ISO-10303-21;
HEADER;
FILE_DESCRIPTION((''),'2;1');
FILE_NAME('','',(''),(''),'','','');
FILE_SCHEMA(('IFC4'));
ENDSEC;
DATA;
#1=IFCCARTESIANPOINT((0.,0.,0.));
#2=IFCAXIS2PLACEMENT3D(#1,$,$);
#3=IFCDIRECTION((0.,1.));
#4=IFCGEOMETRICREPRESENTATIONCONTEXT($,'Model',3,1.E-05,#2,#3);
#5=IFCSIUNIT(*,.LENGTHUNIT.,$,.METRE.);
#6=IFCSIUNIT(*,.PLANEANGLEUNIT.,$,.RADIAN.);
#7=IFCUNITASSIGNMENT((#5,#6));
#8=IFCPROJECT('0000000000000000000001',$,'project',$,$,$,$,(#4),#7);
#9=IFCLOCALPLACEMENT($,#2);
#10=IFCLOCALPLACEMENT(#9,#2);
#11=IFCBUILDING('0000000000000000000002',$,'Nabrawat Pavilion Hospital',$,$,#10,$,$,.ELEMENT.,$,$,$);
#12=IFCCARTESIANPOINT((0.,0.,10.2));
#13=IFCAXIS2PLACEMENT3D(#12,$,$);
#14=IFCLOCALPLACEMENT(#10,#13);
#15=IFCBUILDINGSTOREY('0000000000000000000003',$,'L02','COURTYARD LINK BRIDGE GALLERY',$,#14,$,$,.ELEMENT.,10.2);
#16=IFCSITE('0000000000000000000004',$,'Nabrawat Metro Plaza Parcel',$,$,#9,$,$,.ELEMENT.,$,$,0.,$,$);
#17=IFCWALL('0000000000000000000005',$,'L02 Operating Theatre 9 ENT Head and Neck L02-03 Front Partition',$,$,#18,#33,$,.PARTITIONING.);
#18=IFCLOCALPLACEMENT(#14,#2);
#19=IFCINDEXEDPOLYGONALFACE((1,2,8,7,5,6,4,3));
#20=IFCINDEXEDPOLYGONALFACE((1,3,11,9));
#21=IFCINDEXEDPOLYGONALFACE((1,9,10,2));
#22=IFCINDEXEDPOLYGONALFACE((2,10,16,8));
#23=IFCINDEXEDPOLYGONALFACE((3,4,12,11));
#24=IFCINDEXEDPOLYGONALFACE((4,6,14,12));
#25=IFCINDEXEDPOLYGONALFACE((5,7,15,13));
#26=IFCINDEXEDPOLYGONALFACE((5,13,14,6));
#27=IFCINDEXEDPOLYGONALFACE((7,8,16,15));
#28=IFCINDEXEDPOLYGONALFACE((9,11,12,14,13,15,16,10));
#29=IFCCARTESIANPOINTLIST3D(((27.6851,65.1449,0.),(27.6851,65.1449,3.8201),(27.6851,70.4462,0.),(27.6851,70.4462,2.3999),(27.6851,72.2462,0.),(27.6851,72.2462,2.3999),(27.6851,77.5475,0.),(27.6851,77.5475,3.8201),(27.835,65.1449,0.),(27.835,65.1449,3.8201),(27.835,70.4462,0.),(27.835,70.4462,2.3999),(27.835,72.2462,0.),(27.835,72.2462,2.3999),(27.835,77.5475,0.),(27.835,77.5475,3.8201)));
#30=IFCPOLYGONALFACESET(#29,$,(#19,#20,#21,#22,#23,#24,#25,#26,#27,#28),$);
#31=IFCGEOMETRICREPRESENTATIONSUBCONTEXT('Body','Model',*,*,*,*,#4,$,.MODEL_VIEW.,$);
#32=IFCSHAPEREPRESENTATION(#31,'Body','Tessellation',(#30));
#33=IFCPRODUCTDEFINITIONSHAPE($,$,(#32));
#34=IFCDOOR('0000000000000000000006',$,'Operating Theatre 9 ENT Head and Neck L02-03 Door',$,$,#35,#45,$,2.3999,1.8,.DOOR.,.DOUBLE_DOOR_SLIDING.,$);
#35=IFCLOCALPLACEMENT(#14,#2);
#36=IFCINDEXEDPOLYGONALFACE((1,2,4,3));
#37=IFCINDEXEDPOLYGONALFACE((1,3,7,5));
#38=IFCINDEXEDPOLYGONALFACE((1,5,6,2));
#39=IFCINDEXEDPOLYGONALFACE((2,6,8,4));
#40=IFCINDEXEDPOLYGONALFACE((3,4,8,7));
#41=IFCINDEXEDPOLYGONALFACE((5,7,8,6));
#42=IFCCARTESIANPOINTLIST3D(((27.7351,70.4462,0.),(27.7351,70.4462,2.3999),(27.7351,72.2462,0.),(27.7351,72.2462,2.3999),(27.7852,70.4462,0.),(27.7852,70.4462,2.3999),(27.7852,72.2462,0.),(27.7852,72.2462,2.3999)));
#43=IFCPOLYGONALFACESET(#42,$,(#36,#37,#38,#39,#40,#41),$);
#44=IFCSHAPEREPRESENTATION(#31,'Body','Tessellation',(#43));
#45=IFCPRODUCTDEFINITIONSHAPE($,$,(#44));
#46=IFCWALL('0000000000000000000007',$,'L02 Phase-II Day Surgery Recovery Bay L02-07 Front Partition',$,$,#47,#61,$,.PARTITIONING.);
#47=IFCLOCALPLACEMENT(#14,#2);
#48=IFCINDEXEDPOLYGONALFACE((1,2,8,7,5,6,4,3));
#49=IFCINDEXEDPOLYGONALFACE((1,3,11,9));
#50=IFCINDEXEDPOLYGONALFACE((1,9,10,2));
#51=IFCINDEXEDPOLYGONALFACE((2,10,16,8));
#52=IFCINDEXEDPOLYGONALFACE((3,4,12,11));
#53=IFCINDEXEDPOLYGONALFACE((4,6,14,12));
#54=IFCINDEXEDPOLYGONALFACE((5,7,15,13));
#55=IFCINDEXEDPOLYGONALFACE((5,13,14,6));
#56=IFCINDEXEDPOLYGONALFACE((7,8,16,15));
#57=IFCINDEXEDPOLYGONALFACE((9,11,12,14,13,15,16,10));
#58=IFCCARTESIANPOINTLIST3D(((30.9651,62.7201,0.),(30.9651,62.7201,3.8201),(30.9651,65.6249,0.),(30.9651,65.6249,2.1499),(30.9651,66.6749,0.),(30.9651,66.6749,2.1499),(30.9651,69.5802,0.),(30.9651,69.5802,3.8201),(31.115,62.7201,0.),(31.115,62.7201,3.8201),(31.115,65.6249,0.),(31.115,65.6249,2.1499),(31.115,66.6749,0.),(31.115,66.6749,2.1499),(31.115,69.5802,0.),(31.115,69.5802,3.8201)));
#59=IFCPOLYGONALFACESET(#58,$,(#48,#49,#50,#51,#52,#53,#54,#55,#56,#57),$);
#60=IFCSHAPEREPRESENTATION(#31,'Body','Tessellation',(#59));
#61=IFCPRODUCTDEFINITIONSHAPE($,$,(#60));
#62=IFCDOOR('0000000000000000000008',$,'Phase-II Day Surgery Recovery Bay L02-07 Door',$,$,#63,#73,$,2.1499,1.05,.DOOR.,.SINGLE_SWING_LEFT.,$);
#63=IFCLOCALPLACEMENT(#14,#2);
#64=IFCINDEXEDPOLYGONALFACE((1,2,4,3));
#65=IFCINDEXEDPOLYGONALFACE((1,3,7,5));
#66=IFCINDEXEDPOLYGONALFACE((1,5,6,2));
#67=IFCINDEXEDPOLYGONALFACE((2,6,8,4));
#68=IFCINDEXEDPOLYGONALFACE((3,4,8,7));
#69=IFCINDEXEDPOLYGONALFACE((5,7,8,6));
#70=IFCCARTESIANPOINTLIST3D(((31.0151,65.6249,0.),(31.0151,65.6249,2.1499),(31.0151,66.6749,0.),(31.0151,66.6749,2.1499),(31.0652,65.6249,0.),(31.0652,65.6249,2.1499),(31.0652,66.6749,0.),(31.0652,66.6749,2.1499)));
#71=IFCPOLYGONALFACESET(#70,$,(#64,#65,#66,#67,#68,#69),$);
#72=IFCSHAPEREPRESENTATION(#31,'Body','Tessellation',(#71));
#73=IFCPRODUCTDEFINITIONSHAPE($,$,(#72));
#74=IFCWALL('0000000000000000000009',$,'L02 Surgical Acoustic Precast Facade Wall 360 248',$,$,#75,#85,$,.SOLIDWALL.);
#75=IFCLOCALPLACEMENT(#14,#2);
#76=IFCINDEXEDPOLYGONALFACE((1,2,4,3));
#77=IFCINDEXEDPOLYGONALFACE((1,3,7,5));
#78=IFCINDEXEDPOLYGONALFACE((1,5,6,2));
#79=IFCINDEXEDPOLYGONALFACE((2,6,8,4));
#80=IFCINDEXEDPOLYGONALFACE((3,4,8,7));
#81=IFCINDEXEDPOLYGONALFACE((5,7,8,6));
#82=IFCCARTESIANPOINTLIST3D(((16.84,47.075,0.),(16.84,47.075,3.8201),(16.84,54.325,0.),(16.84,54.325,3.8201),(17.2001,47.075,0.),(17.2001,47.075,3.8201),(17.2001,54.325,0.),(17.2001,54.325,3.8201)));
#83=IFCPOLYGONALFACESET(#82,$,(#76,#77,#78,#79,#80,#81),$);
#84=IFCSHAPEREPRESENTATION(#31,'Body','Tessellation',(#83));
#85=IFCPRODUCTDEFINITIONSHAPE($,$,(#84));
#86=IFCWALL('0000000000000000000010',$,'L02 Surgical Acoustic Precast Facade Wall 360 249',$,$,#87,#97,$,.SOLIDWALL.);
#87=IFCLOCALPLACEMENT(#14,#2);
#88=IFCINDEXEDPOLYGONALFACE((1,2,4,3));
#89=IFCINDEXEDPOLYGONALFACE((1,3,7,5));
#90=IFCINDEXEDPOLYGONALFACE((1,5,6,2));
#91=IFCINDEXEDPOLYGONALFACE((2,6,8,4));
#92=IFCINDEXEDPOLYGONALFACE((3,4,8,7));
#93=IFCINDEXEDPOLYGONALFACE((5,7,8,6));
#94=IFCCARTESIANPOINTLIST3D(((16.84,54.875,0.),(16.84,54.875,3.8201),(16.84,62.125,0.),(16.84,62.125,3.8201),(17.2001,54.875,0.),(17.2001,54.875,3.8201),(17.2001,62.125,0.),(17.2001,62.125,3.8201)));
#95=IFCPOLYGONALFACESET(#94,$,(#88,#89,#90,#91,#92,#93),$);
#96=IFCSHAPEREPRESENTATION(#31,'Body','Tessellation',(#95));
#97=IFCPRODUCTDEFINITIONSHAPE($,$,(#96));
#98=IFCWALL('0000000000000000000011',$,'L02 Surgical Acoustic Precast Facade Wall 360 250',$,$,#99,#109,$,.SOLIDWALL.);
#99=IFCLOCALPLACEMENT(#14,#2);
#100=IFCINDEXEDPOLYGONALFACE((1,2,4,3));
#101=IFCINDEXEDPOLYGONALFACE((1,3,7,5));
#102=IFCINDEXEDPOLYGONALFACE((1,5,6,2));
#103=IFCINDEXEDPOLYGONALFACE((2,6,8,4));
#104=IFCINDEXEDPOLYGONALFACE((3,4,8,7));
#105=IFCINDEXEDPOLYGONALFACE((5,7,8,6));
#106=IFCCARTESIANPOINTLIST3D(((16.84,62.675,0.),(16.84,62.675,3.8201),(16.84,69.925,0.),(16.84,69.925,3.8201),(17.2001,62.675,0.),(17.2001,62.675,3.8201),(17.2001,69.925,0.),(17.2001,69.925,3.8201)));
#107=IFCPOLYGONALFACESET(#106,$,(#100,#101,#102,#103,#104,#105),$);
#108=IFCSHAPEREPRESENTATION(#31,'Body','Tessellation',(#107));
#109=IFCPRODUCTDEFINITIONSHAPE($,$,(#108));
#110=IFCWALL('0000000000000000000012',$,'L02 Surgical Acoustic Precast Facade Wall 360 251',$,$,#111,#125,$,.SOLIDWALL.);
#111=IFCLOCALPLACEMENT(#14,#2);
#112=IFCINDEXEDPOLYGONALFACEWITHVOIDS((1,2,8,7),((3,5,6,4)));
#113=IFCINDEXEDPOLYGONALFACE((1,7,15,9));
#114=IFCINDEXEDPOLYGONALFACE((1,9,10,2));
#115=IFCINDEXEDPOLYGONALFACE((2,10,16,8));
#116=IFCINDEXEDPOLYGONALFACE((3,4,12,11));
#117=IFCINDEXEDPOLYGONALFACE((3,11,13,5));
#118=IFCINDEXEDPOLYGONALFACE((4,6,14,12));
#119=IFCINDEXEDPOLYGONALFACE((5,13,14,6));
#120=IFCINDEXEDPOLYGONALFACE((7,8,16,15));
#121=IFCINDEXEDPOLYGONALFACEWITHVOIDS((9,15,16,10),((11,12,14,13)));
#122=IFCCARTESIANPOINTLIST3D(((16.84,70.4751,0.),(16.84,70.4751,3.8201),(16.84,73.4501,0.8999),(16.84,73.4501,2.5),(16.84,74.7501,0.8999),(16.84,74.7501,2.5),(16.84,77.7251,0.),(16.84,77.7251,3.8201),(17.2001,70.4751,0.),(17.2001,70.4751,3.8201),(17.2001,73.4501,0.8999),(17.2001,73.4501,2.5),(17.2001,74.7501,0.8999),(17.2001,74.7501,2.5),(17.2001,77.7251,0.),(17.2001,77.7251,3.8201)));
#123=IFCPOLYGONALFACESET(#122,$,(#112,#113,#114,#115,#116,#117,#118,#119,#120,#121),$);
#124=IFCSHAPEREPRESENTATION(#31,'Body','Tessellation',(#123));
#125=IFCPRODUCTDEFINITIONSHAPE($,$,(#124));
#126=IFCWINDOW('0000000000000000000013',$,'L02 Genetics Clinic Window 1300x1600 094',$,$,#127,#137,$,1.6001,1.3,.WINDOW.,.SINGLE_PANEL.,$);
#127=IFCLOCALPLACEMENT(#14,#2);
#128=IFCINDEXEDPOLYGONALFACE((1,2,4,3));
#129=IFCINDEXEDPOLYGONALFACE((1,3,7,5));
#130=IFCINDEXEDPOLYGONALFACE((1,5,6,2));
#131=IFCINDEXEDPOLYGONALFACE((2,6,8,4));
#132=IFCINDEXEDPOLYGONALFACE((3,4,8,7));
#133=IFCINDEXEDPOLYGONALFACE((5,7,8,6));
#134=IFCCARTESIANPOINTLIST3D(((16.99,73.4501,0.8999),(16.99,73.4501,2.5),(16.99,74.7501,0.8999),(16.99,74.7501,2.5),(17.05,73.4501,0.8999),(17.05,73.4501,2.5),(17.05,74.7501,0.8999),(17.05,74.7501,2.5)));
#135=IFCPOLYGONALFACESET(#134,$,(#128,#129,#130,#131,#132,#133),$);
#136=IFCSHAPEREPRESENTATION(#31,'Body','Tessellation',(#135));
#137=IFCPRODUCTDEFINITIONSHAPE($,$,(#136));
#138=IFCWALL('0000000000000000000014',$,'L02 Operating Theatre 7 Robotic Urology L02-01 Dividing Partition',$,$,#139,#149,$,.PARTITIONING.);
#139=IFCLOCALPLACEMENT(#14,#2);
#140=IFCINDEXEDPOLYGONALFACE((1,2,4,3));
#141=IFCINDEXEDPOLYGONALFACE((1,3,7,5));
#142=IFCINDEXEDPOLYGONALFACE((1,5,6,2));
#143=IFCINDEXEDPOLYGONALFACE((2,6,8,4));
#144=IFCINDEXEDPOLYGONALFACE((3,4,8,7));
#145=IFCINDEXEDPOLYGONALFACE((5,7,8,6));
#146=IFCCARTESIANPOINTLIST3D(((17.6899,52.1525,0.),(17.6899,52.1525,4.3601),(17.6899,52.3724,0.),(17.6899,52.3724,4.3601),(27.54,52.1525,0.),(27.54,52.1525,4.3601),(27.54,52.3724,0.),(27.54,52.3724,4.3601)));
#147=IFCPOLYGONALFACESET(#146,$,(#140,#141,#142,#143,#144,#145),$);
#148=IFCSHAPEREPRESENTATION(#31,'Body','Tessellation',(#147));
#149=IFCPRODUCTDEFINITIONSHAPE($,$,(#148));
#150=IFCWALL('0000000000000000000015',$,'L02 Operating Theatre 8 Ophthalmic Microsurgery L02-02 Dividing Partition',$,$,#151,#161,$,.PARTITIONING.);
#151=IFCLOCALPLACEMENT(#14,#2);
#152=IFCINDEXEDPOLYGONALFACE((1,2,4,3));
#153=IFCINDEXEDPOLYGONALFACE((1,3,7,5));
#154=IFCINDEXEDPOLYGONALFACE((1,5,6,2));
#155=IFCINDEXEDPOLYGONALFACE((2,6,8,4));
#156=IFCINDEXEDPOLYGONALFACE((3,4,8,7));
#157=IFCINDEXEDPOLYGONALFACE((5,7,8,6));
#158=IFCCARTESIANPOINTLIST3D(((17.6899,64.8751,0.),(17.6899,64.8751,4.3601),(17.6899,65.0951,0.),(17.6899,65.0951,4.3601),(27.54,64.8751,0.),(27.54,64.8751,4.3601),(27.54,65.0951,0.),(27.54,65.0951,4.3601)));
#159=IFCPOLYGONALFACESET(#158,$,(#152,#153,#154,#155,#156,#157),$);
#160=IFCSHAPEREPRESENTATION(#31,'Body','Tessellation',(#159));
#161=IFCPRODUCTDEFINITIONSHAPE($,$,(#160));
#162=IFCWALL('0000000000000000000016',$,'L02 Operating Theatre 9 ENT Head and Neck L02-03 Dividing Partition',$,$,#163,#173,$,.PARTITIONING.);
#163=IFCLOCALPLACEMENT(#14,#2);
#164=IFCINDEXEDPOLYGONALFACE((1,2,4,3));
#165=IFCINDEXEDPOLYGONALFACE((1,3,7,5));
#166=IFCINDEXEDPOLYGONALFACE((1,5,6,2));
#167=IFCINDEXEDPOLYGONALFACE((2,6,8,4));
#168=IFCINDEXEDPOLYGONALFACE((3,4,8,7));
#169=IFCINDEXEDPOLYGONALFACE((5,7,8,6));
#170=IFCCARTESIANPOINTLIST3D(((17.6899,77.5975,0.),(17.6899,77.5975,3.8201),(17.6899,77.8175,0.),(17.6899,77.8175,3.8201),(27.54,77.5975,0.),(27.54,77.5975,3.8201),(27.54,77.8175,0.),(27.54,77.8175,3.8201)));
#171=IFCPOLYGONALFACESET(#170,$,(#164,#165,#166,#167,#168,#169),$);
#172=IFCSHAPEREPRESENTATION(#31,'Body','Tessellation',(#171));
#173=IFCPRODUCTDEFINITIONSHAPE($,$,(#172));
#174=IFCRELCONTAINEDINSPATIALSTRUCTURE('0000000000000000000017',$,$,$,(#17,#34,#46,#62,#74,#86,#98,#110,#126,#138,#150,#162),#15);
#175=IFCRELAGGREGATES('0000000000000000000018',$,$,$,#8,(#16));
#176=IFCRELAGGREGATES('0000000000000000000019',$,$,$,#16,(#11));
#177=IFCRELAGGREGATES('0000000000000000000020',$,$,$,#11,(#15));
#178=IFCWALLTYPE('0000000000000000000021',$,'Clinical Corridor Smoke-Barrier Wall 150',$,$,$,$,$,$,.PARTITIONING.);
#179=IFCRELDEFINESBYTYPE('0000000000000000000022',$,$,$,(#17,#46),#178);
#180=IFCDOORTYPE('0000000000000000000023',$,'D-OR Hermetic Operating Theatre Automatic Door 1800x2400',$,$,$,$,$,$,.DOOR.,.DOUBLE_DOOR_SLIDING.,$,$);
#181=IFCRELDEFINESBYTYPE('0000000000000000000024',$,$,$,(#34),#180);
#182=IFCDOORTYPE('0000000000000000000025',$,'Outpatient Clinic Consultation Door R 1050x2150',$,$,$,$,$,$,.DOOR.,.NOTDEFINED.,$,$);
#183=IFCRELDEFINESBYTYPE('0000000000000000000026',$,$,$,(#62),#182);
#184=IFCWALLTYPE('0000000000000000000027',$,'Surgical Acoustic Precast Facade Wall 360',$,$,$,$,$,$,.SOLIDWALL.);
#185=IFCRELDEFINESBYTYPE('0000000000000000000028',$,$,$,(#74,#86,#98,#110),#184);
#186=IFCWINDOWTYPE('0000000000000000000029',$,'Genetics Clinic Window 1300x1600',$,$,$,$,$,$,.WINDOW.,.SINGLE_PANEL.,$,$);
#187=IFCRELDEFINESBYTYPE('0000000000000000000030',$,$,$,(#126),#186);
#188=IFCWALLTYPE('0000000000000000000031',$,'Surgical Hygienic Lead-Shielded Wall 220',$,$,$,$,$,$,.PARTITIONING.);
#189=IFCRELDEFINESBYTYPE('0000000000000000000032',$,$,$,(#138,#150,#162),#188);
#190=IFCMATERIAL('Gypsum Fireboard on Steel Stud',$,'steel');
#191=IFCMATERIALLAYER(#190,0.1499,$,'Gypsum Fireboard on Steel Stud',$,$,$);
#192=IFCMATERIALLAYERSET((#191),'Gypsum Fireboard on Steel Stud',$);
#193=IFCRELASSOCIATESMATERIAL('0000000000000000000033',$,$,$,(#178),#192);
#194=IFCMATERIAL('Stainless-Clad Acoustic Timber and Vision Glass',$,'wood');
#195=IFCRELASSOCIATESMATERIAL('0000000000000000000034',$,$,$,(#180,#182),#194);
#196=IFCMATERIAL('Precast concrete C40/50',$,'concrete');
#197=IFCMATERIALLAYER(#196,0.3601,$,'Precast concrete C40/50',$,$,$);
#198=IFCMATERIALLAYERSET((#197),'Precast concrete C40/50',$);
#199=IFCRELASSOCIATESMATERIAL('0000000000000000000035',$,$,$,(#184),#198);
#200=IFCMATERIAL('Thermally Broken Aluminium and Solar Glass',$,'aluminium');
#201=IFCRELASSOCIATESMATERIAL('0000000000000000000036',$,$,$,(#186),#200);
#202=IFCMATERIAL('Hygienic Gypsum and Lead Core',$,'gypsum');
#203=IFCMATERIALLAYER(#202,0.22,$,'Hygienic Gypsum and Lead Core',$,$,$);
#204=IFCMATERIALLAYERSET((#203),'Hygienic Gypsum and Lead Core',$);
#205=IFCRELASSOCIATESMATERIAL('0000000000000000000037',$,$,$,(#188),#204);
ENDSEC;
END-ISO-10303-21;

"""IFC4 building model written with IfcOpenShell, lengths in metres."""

from ifc_helpers import new_model, si_unit, direction, frame, frame_2d, origin, place, context, subcontext, project, spatial, rectangle, extrude, material, layer, layer_set, type_object, element, fill, save


model = new_model("IFC4")

# Units and contexts
model_context = context("Model", 3, precision=1e-05, world=origin(), true_north=direction((0.0, 1.0)))
body_context = subcontext(model_context, "Body", "Model", "MODEL_VIEW")
ifc_project = project(units=[si_unit("LENGTHUNIT", "METRE"), si_unit("PLANEANGLEUNIT", "RADIAN")], contexts=[model_context])

# Site, building, storey
site_placement = place(None, origin())
site = spatial("IfcSite", under=ifc_project, at=site_placement, Name="Nabrawat Metro Plaza Parcel", CompositionType="ELEMENT", RefElevation=0.0)
building_placement = place(site_placement, origin())
building = spatial("IfcBuilding", under=site, at=building_placement, Name="Nabrawat Pavilion Hospital", CompositionType="ELEMENT")
storey_placement = place(building_placement, frame((0.0, 0.0, 10.2)))
storey = spatial("IfcBuildingStorey", under=building, at=storey_placement, Name="L02", Description="COURTYARD LINK BRIDGE GALLERY", CompositionType="ELEMENT", Elevation=10.2)

# Walls, openings, doors
ifc_material_1 = material(Name="Gypsum Fireboard on Steel Stud", Category="steel")
ifc_layer_1 = layer(ifc_material_1, 0.1499, Name="Gypsum Fireboard on Steel Stud")
ifc_layer_set_1 = layer_set([ifc_layer_1], Name="Gypsum Fireboard on Steel Stud")
wall_type_1 = type_object("IfcWallType", Name="Clinical Corridor Smoke-Barrier Wall 150", PredefinedType="PARTITIONING", material=ifc_layer_set_1)
ifc_material_2 = material(Name="Stainless-Clad Acoustic Timber and Vision Glass", Category="wood")
door_type_1 = type_object("IfcDoorType", Name="D-OR Hermetic Operating Theatre Automatic Door 1800x2400", OperationType="DOUBLE_DOOR_SLIDING", PredefinedType="DOOR", material=ifc_material_2)
wall_1_placement = place(storey_placement, frame((27.76, 65.145, 0.0), z_axis=(0.0, 0.0, 1.0), x_axis=(0.0, 1.0, 0.0)))
wall_1 = element("IfcWall", 1, at=wall_1_placement, inside=storey, type_object=wall_type_1, Name="L02 Operating Theatre 9 ENT Head and Neck L02-03 Front Partition", PredefinedType="PARTITIONING", context=body_context, shape_type="SweptSolid", body=[
    extrude(rectangle(XDim=12.4026, YDim=0.1499, at=frame_2d((6.2012, 0.0))), origin(), (0.0, 0.0, 1.0), 3.8201),
])
opening_1_placement = place(wall_1_placement, frame((5.3013, 0.0, 0.0)))
opening_1 = element("IfcOpeningElement", 2, at=opening_1_placement, cuts=wall_1, PredefinedType="OPENING", context=body_context, shape_type="SweptSolid", body=[
    extrude(rectangle(XDim=1.8, YDim=2.3999, at=frame_2d((0.8999, 1.2))), frame((0.0, 0.085, 0.0), z_axis=(0.0, -1.0, 0.0), x_axis=(1.0, 0.0, 0.0)), (0.0, 0.0, 1.0), 0.1699),
])
door_1_placement = place(opening_1_placement, origin())
door_1 = element("IfcDoor", 3, at=door_1_placement, inside=storey, type_object=door_type_1, Name="Operating Theatre 9 ENT Head and Neck L02-03 Door", OperationType="DOUBLE_DOOR_SLIDING", OverallHeight=2.3999, OverallWidth=1.8, PredefinedType="DOOR", context=body_context, shape_type="SweptSolid", body=[
    extrude(rectangle(XDim=1.8, YDim=2.3999, at=frame_2d((0.8999, 1.2))), frame((0.0, 0.0249, 0.0), z_axis=(0.0, -1.0, 0.0), x_axis=(1.0, 0.0, 0.0)), (0.0, 0.0, 1.0), 0.05),
])
fill(opening_1, door_1)
wall_2_placement = place(storey_placement, frame((31.04, 62.72, 0.0), z_axis=(0.0, 0.0, 1.0), x_axis=(0.0, 1.0, 0.0)))
wall_2 = element("IfcWall", 4, at=wall_2_placement, inside=storey, type_object=wall_type_1, Name="L02 Phase-II Day Surgery Recovery Bay L02-07 Front Partition", PredefinedType="PARTITIONING", context=body_context, shape_type="SweptSolid", body=[
    extrude(rectangle(XDim=6.8601, YDim=0.1499, at=frame_2d((3.4302, 0.0))), origin(), (0.0, 0.0, 1.0), 3.8201),
])
opening_2_placement = place(wall_2_placement, frame((2.905, 0.0, 0.0)))
opening_2 = element("IfcOpeningElement", 5, at=opening_2_placement, cuts=wall_2, PredefinedType="OPENING", context=body_context, shape_type="SweptSolid", body=[
    extrude(rectangle(XDim=1.05, YDim=2.1499, at=frame_2d((0.5249, 1.075))), frame((0.0, 0.085, 0.0), z_axis=(0.0, -1.0, 0.0), x_axis=(1.0, 0.0, 0.0)), (0.0, 0.0, 1.0), 0.1699),
])
door_type_2 = type_object("IfcDoorType", Name="Outpatient Clinic Consultation Door R 1050x2150", OperationType="NOTDEFINED", PredefinedType="DOOR", material=ifc_material_2)
door_2_placement = place(opening_2_placement, origin())
door_2 = element("IfcDoor", 6, at=door_2_placement, inside=storey, type_object=door_type_2, Name="Phase-II Day Surgery Recovery Bay L02-07 Door", OperationType="SINGLE_SWING_LEFT", OverallHeight=2.1499, OverallWidth=1.05, PredefinedType="DOOR", context=body_context, shape_type="SweptSolid", body=[
    extrude(rectangle(XDim=1.05, YDim=2.1499, at=frame_2d((0.5249, 1.075))), frame((0.0, 0.0249, 0.0), z_axis=(0.0, -1.0, 0.0), x_axis=(1.0, 0.0, 0.0)), (0.0, 0.0, 1.0), 0.05),
])
fill(opening_2, door_2)

# Walls
ifc_material_3 = material(Name="Precast concrete C40/50", Category="concrete")
ifc_layer_2 = layer(ifc_material_3, 0.3601, Name="Precast concrete C40/50")
ifc_layer_set_2 = layer_set([ifc_layer_2], Name="Precast concrete C40/50")
wall_type_2 = type_object("IfcWallType", Name="Surgical Acoustic Precast Facade Wall 360", PredefinedType="SOLIDWALL", material=ifc_layer_set_2)
for number, where, z_axis, x_axis, name in (
    (7, (17.02, 47.075, 0.0), (0.0, 0.0, 1.0), (0.0, 1.0, 0.0), "L02 Surgical Acoustic Precast Facade Wall 360 248"),
    (8, (17.02, 54.875, 0.0), (0.0, 0.0, 1.0), (0.0, 1.0, 0.0), "L02 Surgical Acoustic Precast Facade Wall 360 249"),
    (9, (17.02, 62.675, 0.0), (0.0, 0.0, 1.0), (0.0, 1.0, 0.0), "L02 Surgical Acoustic Precast Facade Wall 360 250"),
):
    element("IfcWall", number, at=place(storey_placement, frame(where, z_axis=z_axis, x_axis=x_axis)), inside=storey, type_object=wall_type_2, Name=name, PredefinedType="SOLIDWALL", context=body_context, shape_type="SweptSolid", body=[
        extrude(rectangle(XDim=7.25, YDim=0.3601, at=frame_2d((3.625, 0.0))), origin(), (0.0, 0.0, 1.0), 3.8201),
    ])

# Wall, opening, window
wall_3_placement = place(storey_placement, frame((17.02, 70.4751, 0.0), z_axis=(0.0, 0.0, 1.0), x_axis=(0.0, 1.0, 0.0)))
wall_3 = element("IfcWall", 10, at=wall_3_placement, inside=storey, type_object=wall_type_2, Name="L02 Surgical Acoustic Precast Facade Wall 360 251", PredefinedType="SOLIDWALL", context=body_context, shape_type="SweptSolid", body=[
    extrude(rectangle(XDim=7.25, YDim=0.3601, at=frame_2d((3.625, 0.0))), origin(), (0.0, 0.0, 1.0), 3.8201),
])
opening_3_placement = place(wall_3_placement, frame((2.9751, 0.0, 0.8999)))
opening_3 = element("IfcOpeningElement", 11, at=opening_3_placement, cuts=wall_3, PredefinedType="OPENING", context=body_context, shape_type="SweptSolid", body=[
    extrude(rectangle(XDim=1.3, YDim=1.6001, at=frame_2d((0.6499, 0.8))), frame((0.0, 0.1899, 0.0), z_axis=(0.0, -1.0, 0.0), x_axis=(1.0, 0.0, 0.0)), (0.0, 0.0, 1.0), 0.3801),
])
ifc_material_4 = material(Name="Thermally Broken Aluminium and Solar Glass", Category="aluminium")
window_type = type_object("IfcWindowType", Name="Genetics Clinic Window 1300x1600", PartitioningType="SINGLE_PANEL", PredefinedType="WINDOW", material=ifc_material_4)
window_placement = place(opening_3_placement, origin())
window = element("IfcWindow", 12, at=window_placement, inside=storey, type_object=window_type, Name="L02 Genetics Clinic Window 1300x1600 094", OverallHeight=1.6001, OverallWidth=1.3, PartitioningType="SINGLE_PANEL", PredefinedType="WINDOW", context=body_context, shape_type="SweptSolid", body=[
    extrude(rectangle(XDim=1.3, YDim=1.6001, at=frame_2d((0.6499, 0.8))), frame((0.0, 0.03, 0.0), z_axis=(0.0, -1.0, 0.0), x_axis=(1.0, 0.0, 0.0)), (0.0, 0.0, 1.0), 0.0601),
])
fill(opening_3, window)

# Walls
ifc_material_5 = material(Name="Hygienic Gypsum and Lead Core", Category="gypsum")
ifc_layer_3 = layer(ifc_material_5, 0.22, Name="Hygienic Gypsum and Lead Core")
ifc_layer_set_3 = layer_set([ifc_layer_3], Name="Hygienic Gypsum and Lead Core")
wall_type_3 = type_object("IfcWallType", Name="Surgical Hygienic Lead-Shielded Wall 220", PredefinedType="PARTITIONING", material=ifc_layer_set_3)
for number, where, z_axis, x_axis, name in (
    (13, (17.6899, 52.2625, 0.0), (0.0, 0.0, 1.0), (1.0, 0.0, 0.0), "L02 Operating Theatre 7 Robotic Urology L02-01 Dividing Partition"),
    (14, (17.6899, 64.9851, 0.0), (0.0, 0.0, 1.0), (1.0, 0.0, 0.0), "L02 Operating Theatre 8 Ophthalmic Microsurgery L02-02 Dividing Partition"),
):
    element("IfcWall", number, at=place(storey_placement, frame(where, z_axis=z_axis, x_axis=x_axis)), inside=storey, type_object=wall_type_3, Name=name, PredefinedType="PARTITIONING", context=body_context, shape_type="SweptSolid", body=[
        extrude(rectangle(XDim=9.8501, YDim=0.22, at=frame_2d((4.925, 0.0))), origin(), (0.0, 0.0, 1.0), 4.3601),
    ])
wall_4_placement = place(storey_placement, frame((17.6899, 77.7075, 0.0), z_axis=(0.0, 0.0, 1.0), x_axis=(1.0, 0.0, 0.0)))
element("IfcWall", 15, at=wall_4_placement, inside=storey, type_object=wall_type_3, Name="L02 Operating Theatre 9 ENT Head and Neck L02-03 Dividing Partition", PredefinedType="PARTITIONING", context=body_context, shape_type="SweptSolid", body=[
    extrude(rectangle(XDim=9.8501, YDim=0.22, at=frame_2d((4.925, 0.0))), origin(), (0.0, 0.0, 1.0), 3.8201),
])

save(model, "model.ifc")
